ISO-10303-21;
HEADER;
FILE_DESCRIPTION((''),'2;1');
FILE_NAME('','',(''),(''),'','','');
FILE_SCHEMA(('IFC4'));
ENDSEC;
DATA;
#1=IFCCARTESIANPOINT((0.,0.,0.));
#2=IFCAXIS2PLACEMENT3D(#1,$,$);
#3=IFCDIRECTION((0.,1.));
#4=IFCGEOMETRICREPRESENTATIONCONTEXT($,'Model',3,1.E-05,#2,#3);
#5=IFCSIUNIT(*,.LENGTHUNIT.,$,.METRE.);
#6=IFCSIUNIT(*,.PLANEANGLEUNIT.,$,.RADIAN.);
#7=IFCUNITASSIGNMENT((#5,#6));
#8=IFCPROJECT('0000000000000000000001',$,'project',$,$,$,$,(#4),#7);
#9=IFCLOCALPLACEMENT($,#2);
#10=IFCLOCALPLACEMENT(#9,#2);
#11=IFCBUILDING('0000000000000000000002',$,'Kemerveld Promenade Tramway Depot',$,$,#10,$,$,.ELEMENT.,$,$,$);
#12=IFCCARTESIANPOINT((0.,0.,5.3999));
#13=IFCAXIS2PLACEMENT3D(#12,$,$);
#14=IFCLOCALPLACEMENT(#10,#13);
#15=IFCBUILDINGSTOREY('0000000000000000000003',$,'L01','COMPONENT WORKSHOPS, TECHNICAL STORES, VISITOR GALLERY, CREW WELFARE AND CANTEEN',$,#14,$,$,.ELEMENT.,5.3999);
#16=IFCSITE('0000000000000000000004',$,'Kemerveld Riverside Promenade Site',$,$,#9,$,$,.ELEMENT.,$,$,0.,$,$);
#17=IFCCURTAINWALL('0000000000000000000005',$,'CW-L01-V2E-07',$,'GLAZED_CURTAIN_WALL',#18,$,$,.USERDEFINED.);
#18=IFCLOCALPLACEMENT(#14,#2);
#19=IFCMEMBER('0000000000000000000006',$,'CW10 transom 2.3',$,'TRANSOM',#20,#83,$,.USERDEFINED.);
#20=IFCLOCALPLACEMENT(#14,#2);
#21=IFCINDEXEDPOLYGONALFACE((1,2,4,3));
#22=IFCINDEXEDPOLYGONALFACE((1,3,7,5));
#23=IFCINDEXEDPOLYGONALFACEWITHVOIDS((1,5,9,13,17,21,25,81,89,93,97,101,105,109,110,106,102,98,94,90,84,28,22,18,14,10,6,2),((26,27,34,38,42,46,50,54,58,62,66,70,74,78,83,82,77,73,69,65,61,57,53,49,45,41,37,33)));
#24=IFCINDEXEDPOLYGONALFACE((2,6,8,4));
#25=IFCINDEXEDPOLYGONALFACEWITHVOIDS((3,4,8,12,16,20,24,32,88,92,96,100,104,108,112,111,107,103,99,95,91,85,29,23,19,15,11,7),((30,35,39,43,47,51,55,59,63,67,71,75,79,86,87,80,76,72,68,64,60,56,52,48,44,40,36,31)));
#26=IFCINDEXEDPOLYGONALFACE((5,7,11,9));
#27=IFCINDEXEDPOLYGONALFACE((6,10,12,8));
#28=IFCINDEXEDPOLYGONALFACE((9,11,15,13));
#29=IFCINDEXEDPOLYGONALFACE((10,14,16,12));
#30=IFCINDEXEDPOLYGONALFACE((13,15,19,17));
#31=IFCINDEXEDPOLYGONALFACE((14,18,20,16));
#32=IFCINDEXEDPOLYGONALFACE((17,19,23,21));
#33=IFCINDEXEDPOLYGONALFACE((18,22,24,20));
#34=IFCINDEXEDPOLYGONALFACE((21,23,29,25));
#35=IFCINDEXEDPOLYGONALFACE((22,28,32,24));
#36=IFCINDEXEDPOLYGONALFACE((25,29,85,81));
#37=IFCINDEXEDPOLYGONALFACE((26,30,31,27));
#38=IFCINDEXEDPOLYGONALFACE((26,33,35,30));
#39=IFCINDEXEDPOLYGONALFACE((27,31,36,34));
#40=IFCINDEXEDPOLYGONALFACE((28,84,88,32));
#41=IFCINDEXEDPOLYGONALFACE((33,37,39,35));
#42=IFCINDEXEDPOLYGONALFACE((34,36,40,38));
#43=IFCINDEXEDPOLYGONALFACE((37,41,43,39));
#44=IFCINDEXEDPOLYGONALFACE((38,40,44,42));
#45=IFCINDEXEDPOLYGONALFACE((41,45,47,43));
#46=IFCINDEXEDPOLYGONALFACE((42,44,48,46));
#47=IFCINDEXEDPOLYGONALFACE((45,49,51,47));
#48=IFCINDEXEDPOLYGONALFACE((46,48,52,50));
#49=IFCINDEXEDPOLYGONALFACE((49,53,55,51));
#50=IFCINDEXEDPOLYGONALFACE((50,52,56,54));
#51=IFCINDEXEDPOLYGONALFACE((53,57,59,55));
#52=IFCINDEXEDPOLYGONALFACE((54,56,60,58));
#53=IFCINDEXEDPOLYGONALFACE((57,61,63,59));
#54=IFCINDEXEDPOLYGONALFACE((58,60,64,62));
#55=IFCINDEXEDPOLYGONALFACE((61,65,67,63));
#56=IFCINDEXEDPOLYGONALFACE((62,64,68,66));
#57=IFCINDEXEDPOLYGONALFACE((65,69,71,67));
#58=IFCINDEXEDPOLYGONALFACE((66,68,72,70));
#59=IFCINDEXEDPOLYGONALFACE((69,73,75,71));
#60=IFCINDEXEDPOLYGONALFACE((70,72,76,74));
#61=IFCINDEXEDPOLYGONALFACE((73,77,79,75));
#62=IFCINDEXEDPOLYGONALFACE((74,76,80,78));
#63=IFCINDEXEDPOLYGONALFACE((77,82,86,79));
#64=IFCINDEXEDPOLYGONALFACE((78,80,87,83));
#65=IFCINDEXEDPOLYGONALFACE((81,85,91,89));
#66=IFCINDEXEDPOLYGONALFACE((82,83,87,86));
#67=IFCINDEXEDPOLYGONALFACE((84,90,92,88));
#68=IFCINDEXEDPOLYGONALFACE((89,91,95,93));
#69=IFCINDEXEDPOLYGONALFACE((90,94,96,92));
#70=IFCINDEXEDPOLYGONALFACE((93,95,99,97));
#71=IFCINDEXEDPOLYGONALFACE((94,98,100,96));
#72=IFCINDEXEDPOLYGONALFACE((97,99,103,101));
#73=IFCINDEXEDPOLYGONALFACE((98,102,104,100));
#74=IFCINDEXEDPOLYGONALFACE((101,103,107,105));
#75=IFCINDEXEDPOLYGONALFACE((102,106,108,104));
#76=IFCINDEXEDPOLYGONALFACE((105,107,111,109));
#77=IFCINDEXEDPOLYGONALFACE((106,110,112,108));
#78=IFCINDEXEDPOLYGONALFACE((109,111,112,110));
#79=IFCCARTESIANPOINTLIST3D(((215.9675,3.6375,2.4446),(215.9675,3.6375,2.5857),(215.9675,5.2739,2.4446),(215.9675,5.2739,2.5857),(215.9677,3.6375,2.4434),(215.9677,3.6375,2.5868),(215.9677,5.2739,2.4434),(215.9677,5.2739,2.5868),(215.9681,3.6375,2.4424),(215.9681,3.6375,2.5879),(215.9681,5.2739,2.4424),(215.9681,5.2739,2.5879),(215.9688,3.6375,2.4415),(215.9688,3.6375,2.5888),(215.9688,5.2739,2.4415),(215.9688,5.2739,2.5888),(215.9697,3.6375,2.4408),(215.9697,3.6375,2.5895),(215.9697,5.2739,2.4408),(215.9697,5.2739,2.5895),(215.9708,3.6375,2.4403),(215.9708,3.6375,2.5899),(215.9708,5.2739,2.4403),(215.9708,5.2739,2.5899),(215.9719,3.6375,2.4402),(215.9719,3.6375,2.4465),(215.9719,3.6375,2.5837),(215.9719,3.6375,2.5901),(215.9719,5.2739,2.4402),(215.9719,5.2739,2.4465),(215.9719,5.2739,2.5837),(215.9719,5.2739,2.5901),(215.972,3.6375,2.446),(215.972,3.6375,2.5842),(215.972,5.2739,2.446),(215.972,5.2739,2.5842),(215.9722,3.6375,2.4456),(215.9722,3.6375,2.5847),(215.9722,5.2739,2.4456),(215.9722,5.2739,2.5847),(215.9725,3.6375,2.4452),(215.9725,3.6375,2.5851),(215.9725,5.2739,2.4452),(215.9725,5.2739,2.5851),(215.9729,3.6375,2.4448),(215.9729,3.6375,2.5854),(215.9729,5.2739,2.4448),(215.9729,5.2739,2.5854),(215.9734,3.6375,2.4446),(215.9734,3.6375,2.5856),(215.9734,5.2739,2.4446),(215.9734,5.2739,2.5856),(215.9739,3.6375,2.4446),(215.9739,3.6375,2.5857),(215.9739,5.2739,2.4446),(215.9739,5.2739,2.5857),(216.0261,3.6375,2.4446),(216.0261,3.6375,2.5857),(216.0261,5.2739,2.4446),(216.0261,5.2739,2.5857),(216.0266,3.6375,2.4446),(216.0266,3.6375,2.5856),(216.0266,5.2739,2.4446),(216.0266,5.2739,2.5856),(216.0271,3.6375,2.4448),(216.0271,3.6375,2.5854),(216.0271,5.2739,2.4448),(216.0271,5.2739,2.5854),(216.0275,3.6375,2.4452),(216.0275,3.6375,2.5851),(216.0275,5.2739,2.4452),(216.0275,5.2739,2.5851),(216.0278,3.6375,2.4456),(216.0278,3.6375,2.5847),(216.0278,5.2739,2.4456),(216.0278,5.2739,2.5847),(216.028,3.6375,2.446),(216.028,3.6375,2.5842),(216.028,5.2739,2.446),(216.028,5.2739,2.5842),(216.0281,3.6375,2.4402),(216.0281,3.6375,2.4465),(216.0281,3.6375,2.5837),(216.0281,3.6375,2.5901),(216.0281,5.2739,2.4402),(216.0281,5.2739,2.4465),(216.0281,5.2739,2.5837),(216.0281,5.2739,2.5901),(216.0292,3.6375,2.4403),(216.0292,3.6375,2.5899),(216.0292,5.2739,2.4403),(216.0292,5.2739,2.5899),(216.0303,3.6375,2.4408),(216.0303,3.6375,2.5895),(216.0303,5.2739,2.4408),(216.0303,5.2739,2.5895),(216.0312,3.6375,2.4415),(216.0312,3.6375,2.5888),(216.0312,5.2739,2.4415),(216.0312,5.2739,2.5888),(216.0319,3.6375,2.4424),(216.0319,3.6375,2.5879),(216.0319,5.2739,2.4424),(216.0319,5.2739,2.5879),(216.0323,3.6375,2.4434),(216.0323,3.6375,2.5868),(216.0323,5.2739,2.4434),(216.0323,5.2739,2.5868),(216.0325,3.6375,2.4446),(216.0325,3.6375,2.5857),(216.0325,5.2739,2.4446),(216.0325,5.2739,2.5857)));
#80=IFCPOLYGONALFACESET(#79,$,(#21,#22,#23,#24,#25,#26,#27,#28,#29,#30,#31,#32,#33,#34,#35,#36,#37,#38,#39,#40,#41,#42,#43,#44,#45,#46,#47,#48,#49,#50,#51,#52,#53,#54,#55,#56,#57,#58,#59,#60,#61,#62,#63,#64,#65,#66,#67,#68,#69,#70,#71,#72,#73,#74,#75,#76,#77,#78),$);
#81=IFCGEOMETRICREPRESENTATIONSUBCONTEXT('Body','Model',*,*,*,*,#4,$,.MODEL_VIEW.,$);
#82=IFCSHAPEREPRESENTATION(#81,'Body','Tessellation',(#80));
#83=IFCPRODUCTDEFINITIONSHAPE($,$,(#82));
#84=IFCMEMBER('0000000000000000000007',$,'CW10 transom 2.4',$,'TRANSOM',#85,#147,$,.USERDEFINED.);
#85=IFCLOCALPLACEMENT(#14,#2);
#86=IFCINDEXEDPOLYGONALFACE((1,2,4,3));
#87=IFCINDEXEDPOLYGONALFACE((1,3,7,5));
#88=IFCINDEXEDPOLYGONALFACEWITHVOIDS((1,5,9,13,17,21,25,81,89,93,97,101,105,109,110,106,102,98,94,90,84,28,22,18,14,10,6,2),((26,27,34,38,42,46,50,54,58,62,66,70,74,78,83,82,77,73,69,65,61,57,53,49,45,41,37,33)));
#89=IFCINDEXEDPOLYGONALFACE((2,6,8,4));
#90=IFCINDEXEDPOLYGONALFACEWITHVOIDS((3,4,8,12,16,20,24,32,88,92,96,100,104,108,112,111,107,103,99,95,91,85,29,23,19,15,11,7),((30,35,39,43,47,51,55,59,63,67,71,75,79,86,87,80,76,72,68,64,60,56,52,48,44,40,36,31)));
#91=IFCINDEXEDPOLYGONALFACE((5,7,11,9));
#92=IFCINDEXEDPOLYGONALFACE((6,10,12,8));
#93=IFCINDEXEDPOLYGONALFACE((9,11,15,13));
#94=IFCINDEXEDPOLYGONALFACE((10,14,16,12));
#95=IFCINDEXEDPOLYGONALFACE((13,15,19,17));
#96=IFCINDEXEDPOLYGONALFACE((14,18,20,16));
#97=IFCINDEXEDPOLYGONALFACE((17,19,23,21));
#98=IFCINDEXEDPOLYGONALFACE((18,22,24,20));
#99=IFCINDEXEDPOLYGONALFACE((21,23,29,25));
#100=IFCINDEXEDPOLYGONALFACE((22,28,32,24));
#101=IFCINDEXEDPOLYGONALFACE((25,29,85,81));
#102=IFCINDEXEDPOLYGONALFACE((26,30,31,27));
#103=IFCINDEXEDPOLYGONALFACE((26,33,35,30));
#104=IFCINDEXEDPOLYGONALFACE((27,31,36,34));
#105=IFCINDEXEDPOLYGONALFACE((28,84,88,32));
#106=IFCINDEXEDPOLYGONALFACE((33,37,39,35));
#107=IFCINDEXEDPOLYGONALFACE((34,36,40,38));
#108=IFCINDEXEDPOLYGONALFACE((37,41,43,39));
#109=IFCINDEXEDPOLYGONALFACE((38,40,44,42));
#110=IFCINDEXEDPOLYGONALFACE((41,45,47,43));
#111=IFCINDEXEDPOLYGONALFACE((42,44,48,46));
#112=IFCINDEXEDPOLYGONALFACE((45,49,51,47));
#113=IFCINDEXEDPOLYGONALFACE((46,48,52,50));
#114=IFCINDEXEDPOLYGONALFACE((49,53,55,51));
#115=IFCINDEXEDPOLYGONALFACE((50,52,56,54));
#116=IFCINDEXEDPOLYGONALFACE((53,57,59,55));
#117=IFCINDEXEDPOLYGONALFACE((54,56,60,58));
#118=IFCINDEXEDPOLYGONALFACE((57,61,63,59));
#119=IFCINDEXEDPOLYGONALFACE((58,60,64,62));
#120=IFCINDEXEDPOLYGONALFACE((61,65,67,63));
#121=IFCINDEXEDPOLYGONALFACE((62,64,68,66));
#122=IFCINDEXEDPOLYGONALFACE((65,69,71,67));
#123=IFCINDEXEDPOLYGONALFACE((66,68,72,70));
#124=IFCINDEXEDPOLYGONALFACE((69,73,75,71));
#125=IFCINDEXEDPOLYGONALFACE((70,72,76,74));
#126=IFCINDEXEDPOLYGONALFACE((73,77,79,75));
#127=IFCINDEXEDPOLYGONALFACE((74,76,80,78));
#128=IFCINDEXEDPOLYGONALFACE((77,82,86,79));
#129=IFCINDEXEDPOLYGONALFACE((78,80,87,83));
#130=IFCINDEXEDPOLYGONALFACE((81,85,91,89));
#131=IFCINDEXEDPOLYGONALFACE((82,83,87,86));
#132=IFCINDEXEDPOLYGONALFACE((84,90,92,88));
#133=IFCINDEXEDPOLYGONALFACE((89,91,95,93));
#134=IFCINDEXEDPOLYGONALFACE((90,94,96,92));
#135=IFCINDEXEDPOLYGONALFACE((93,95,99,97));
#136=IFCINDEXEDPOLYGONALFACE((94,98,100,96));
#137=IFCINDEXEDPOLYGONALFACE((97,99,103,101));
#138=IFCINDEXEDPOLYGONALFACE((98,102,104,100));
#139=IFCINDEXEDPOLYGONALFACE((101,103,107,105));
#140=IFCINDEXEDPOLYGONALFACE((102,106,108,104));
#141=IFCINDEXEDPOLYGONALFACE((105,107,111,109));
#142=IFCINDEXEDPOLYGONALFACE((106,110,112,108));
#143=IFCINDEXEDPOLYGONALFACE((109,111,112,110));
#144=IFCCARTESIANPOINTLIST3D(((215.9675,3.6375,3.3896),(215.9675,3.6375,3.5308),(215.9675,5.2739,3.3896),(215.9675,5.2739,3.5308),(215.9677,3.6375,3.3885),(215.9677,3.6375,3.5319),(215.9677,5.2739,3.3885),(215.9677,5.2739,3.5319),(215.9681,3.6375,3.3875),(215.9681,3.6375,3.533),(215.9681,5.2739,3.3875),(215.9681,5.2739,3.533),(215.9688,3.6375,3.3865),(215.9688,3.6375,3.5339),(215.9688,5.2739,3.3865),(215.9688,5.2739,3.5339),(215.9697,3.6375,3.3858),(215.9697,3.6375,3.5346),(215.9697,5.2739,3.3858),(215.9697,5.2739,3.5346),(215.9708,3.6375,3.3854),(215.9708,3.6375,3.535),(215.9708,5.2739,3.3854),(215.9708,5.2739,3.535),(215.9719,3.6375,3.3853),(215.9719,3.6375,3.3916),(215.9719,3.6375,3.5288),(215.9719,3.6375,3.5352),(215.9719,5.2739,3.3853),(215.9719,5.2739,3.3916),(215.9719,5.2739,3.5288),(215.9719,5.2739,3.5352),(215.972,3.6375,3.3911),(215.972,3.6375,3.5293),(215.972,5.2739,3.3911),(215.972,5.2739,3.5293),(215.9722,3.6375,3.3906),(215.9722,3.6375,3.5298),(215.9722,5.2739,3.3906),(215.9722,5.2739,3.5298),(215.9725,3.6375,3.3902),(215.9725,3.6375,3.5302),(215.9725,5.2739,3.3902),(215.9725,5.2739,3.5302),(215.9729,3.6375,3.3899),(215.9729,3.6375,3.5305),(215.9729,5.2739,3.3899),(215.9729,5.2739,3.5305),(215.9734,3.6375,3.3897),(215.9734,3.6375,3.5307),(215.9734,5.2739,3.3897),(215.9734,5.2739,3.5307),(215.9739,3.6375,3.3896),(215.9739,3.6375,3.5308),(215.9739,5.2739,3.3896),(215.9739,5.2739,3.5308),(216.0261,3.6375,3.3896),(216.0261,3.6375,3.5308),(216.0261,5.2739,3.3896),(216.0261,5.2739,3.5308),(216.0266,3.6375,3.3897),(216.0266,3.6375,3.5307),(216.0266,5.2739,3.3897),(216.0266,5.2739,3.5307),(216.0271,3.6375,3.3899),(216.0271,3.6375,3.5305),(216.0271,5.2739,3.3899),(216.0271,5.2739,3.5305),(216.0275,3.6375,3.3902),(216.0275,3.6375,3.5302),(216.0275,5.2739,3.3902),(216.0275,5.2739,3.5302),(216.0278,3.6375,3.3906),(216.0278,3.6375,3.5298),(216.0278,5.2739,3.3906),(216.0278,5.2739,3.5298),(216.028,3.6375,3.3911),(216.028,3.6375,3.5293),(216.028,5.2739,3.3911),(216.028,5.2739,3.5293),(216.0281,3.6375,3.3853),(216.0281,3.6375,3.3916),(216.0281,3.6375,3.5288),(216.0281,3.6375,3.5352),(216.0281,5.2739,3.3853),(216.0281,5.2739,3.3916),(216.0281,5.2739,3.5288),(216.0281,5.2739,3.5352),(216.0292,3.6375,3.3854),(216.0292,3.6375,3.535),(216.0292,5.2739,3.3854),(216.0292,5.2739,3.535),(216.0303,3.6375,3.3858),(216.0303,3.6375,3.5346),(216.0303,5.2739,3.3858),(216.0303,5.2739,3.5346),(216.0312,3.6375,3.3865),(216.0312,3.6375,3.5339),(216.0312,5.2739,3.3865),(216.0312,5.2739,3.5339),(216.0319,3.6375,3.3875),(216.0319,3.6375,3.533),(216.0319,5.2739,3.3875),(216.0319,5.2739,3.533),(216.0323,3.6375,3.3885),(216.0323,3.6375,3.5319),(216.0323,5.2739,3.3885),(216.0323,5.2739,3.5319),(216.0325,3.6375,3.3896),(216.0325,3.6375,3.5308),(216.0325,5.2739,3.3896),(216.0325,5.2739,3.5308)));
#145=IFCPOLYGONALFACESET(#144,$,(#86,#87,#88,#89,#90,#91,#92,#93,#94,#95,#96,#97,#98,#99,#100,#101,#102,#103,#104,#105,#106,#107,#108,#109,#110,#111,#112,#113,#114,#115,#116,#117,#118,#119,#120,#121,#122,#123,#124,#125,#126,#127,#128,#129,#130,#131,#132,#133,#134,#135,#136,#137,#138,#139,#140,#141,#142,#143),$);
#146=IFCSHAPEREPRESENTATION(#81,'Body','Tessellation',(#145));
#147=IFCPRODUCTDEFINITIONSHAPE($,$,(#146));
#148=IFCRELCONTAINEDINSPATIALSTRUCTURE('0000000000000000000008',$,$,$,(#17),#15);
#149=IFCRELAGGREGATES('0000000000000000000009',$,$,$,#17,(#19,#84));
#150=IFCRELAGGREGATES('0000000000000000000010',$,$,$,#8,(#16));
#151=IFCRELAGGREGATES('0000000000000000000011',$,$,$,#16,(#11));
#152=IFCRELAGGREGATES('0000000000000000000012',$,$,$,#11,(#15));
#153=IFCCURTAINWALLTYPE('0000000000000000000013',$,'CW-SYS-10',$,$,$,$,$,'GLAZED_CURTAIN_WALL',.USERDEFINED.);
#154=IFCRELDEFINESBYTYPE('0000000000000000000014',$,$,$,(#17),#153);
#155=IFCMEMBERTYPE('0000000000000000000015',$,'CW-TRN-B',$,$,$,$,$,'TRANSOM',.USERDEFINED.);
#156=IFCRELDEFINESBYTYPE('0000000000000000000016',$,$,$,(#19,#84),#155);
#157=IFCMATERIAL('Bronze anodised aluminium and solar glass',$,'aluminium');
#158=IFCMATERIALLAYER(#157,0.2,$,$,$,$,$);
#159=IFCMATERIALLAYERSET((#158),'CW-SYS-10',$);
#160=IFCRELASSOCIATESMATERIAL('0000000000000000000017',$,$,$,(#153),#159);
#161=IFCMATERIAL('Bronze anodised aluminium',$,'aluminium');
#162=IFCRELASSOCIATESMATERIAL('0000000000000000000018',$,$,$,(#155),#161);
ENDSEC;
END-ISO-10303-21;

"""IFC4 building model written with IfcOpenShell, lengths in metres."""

from ifc_helpers import new_model, si_unit, direction, frame, origin, origin_2d, place, context, subcontext, project, spatial, hollow_rectangle, extrude, material, layer, layer_set, material_profile, profile_set, type_object, element, aggregate, save


model = new_model("IFC4")

# Units and contexts
model_context = context("Model", 3, precision=1e-05, world=origin(), true_north=direction((0.0, 1.0)))
body_context = subcontext(model_context, "Body", "Model", "MODEL_VIEW")
ifc_project = project(units=[si_unit("LENGTHUNIT", "METRE"), si_unit("PLANEANGLEUNIT", "RADIAN")], contexts=[model_context])

# Site, building, storey
site_placement = place(None, origin())
site = spatial("IfcSite", under=ifc_project, at=site_placement, Name="Kemerveld Riverside Promenade Site", CompositionType="ELEMENT", RefElevation=0.0)
building_placement = place(site_placement, origin())
building = spatial("IfcBuilding", under=site, at=building_placement, Name="Kemerveld Promenade Tramway Depot", CompositionType="ELEMENT")
storey_placement = place(building_placement, frame((0.0, 0.0, 5.3999)))
storey = spatial("IfcBuildingStorey", under=building, at=storey_placement, Name="L01", Description="COMPONENT WORKSHOPS, TECHNICAL STORES, VISITOR GALLERY, CREW WELFARE AND CANTEEN", CompositionType="ELEMENT", Elevation=5.3999)

# Curtain wall, members
ifc_material_1 = material(Name="Bronze anodised aluminium and solar glass", Category="aluminium")
ifc_layer_1 = layer(ifc_material_1, 0.2)
ifc_layer_set_1 = layer_set([ifc_layer_1], Name="CW-SYS-10")
curtain_wall_type = type_object("IfcCurtainWallType", Name="CW-SYS-10", ElementType="GLAZED_CURTAIN_WALL", PredefinedType="USERDEFINED", material=ifc_layer_set_1)
curtain_wall_placement = place(storey_placement, origin())
curtain_wall = element("IfcCurtainWall", 1, at=curtain_wall_placement, inside=storey, type_object=curtain_wall_type, Name="CW-L01-V2E-07", ObjectType="GLAZED_CURTAIN_WALL", PredefinedType="USERDEFINED")
ifc_material_2 = material(Name="Bronze anodised aluminium", Category="aluminium")
ifc_material_profile_1 = material_profile(ifc_material_2, hollow_rectangle(XDim=0.0649, YDim=0.1499, WallThickness=0.0044, InnerFilletRadius=0.002, OuterFilletRadius=0.0044, at=origin_2d()), Name="CW-TRN-150x65")
ifc_profile_set_1 = profile_set([ifc_material_profile_1], Name="Bronze anodised aluminium")
member_type_1 = type_object("IfcMemberType", Name="CW-TRN-B", ElementType="TRANSOM", PredefinedType="USERDEFINED", material=ifc_profile_set_1)
member_1_placement = place(storey_placement, frame((216.0, 5.2739, 2.5151), z_axis=(0.0, -1.0, 0.0), x_axis=(1.0, 0.0, 0.0)))
member_1 = element("IfcMember", 2, at=member_1_placement, type_object=member_type_1, Name="CW10 transom 2.3", ObjectType="TRANSOM", PredefinedType="USERDEFINED", context=body_context, shape_type="SweptSolid", body=[
    extrude(hollow_rectangle(XDim=0.0649, YDim=0.1499, WallThickness=0.0044, InnerFilletRadius=0.002, OuterFilletRadius=0.0044, at=origin_2d()), origin(), (0.0, 0.0, 1.0), 1.6365),
])
member_2_placement = place(storey_placement, frame((216.0, 5.2739, 3.4602), z_axis=(0.0, -1.0, 0.0), x_axis=(1.0, 0.0, 0.0)))
member_2 = element("IfcMember", 3, at=member_2_placement, type_object=member_type_1, Name="CW10 transom 2.4", ObjectType="TRANSOM", PredefinedType="USERDEFINED", context=body_context, shape_type="SweptSolid", body=[
    extrude(hollow_rectangle(XDim=0.0649, YDim=0.1499, WallThickness=0.0044, InnerFilletRadius=0.002, OuterFilletRadius=0.0044, at=origin_2d()), origin(), (0.0, 0.0, 1.0), 1.6365),
])
aggregate(curtain_wall, [member_1, member_2])

save(model, "model.ifc")
